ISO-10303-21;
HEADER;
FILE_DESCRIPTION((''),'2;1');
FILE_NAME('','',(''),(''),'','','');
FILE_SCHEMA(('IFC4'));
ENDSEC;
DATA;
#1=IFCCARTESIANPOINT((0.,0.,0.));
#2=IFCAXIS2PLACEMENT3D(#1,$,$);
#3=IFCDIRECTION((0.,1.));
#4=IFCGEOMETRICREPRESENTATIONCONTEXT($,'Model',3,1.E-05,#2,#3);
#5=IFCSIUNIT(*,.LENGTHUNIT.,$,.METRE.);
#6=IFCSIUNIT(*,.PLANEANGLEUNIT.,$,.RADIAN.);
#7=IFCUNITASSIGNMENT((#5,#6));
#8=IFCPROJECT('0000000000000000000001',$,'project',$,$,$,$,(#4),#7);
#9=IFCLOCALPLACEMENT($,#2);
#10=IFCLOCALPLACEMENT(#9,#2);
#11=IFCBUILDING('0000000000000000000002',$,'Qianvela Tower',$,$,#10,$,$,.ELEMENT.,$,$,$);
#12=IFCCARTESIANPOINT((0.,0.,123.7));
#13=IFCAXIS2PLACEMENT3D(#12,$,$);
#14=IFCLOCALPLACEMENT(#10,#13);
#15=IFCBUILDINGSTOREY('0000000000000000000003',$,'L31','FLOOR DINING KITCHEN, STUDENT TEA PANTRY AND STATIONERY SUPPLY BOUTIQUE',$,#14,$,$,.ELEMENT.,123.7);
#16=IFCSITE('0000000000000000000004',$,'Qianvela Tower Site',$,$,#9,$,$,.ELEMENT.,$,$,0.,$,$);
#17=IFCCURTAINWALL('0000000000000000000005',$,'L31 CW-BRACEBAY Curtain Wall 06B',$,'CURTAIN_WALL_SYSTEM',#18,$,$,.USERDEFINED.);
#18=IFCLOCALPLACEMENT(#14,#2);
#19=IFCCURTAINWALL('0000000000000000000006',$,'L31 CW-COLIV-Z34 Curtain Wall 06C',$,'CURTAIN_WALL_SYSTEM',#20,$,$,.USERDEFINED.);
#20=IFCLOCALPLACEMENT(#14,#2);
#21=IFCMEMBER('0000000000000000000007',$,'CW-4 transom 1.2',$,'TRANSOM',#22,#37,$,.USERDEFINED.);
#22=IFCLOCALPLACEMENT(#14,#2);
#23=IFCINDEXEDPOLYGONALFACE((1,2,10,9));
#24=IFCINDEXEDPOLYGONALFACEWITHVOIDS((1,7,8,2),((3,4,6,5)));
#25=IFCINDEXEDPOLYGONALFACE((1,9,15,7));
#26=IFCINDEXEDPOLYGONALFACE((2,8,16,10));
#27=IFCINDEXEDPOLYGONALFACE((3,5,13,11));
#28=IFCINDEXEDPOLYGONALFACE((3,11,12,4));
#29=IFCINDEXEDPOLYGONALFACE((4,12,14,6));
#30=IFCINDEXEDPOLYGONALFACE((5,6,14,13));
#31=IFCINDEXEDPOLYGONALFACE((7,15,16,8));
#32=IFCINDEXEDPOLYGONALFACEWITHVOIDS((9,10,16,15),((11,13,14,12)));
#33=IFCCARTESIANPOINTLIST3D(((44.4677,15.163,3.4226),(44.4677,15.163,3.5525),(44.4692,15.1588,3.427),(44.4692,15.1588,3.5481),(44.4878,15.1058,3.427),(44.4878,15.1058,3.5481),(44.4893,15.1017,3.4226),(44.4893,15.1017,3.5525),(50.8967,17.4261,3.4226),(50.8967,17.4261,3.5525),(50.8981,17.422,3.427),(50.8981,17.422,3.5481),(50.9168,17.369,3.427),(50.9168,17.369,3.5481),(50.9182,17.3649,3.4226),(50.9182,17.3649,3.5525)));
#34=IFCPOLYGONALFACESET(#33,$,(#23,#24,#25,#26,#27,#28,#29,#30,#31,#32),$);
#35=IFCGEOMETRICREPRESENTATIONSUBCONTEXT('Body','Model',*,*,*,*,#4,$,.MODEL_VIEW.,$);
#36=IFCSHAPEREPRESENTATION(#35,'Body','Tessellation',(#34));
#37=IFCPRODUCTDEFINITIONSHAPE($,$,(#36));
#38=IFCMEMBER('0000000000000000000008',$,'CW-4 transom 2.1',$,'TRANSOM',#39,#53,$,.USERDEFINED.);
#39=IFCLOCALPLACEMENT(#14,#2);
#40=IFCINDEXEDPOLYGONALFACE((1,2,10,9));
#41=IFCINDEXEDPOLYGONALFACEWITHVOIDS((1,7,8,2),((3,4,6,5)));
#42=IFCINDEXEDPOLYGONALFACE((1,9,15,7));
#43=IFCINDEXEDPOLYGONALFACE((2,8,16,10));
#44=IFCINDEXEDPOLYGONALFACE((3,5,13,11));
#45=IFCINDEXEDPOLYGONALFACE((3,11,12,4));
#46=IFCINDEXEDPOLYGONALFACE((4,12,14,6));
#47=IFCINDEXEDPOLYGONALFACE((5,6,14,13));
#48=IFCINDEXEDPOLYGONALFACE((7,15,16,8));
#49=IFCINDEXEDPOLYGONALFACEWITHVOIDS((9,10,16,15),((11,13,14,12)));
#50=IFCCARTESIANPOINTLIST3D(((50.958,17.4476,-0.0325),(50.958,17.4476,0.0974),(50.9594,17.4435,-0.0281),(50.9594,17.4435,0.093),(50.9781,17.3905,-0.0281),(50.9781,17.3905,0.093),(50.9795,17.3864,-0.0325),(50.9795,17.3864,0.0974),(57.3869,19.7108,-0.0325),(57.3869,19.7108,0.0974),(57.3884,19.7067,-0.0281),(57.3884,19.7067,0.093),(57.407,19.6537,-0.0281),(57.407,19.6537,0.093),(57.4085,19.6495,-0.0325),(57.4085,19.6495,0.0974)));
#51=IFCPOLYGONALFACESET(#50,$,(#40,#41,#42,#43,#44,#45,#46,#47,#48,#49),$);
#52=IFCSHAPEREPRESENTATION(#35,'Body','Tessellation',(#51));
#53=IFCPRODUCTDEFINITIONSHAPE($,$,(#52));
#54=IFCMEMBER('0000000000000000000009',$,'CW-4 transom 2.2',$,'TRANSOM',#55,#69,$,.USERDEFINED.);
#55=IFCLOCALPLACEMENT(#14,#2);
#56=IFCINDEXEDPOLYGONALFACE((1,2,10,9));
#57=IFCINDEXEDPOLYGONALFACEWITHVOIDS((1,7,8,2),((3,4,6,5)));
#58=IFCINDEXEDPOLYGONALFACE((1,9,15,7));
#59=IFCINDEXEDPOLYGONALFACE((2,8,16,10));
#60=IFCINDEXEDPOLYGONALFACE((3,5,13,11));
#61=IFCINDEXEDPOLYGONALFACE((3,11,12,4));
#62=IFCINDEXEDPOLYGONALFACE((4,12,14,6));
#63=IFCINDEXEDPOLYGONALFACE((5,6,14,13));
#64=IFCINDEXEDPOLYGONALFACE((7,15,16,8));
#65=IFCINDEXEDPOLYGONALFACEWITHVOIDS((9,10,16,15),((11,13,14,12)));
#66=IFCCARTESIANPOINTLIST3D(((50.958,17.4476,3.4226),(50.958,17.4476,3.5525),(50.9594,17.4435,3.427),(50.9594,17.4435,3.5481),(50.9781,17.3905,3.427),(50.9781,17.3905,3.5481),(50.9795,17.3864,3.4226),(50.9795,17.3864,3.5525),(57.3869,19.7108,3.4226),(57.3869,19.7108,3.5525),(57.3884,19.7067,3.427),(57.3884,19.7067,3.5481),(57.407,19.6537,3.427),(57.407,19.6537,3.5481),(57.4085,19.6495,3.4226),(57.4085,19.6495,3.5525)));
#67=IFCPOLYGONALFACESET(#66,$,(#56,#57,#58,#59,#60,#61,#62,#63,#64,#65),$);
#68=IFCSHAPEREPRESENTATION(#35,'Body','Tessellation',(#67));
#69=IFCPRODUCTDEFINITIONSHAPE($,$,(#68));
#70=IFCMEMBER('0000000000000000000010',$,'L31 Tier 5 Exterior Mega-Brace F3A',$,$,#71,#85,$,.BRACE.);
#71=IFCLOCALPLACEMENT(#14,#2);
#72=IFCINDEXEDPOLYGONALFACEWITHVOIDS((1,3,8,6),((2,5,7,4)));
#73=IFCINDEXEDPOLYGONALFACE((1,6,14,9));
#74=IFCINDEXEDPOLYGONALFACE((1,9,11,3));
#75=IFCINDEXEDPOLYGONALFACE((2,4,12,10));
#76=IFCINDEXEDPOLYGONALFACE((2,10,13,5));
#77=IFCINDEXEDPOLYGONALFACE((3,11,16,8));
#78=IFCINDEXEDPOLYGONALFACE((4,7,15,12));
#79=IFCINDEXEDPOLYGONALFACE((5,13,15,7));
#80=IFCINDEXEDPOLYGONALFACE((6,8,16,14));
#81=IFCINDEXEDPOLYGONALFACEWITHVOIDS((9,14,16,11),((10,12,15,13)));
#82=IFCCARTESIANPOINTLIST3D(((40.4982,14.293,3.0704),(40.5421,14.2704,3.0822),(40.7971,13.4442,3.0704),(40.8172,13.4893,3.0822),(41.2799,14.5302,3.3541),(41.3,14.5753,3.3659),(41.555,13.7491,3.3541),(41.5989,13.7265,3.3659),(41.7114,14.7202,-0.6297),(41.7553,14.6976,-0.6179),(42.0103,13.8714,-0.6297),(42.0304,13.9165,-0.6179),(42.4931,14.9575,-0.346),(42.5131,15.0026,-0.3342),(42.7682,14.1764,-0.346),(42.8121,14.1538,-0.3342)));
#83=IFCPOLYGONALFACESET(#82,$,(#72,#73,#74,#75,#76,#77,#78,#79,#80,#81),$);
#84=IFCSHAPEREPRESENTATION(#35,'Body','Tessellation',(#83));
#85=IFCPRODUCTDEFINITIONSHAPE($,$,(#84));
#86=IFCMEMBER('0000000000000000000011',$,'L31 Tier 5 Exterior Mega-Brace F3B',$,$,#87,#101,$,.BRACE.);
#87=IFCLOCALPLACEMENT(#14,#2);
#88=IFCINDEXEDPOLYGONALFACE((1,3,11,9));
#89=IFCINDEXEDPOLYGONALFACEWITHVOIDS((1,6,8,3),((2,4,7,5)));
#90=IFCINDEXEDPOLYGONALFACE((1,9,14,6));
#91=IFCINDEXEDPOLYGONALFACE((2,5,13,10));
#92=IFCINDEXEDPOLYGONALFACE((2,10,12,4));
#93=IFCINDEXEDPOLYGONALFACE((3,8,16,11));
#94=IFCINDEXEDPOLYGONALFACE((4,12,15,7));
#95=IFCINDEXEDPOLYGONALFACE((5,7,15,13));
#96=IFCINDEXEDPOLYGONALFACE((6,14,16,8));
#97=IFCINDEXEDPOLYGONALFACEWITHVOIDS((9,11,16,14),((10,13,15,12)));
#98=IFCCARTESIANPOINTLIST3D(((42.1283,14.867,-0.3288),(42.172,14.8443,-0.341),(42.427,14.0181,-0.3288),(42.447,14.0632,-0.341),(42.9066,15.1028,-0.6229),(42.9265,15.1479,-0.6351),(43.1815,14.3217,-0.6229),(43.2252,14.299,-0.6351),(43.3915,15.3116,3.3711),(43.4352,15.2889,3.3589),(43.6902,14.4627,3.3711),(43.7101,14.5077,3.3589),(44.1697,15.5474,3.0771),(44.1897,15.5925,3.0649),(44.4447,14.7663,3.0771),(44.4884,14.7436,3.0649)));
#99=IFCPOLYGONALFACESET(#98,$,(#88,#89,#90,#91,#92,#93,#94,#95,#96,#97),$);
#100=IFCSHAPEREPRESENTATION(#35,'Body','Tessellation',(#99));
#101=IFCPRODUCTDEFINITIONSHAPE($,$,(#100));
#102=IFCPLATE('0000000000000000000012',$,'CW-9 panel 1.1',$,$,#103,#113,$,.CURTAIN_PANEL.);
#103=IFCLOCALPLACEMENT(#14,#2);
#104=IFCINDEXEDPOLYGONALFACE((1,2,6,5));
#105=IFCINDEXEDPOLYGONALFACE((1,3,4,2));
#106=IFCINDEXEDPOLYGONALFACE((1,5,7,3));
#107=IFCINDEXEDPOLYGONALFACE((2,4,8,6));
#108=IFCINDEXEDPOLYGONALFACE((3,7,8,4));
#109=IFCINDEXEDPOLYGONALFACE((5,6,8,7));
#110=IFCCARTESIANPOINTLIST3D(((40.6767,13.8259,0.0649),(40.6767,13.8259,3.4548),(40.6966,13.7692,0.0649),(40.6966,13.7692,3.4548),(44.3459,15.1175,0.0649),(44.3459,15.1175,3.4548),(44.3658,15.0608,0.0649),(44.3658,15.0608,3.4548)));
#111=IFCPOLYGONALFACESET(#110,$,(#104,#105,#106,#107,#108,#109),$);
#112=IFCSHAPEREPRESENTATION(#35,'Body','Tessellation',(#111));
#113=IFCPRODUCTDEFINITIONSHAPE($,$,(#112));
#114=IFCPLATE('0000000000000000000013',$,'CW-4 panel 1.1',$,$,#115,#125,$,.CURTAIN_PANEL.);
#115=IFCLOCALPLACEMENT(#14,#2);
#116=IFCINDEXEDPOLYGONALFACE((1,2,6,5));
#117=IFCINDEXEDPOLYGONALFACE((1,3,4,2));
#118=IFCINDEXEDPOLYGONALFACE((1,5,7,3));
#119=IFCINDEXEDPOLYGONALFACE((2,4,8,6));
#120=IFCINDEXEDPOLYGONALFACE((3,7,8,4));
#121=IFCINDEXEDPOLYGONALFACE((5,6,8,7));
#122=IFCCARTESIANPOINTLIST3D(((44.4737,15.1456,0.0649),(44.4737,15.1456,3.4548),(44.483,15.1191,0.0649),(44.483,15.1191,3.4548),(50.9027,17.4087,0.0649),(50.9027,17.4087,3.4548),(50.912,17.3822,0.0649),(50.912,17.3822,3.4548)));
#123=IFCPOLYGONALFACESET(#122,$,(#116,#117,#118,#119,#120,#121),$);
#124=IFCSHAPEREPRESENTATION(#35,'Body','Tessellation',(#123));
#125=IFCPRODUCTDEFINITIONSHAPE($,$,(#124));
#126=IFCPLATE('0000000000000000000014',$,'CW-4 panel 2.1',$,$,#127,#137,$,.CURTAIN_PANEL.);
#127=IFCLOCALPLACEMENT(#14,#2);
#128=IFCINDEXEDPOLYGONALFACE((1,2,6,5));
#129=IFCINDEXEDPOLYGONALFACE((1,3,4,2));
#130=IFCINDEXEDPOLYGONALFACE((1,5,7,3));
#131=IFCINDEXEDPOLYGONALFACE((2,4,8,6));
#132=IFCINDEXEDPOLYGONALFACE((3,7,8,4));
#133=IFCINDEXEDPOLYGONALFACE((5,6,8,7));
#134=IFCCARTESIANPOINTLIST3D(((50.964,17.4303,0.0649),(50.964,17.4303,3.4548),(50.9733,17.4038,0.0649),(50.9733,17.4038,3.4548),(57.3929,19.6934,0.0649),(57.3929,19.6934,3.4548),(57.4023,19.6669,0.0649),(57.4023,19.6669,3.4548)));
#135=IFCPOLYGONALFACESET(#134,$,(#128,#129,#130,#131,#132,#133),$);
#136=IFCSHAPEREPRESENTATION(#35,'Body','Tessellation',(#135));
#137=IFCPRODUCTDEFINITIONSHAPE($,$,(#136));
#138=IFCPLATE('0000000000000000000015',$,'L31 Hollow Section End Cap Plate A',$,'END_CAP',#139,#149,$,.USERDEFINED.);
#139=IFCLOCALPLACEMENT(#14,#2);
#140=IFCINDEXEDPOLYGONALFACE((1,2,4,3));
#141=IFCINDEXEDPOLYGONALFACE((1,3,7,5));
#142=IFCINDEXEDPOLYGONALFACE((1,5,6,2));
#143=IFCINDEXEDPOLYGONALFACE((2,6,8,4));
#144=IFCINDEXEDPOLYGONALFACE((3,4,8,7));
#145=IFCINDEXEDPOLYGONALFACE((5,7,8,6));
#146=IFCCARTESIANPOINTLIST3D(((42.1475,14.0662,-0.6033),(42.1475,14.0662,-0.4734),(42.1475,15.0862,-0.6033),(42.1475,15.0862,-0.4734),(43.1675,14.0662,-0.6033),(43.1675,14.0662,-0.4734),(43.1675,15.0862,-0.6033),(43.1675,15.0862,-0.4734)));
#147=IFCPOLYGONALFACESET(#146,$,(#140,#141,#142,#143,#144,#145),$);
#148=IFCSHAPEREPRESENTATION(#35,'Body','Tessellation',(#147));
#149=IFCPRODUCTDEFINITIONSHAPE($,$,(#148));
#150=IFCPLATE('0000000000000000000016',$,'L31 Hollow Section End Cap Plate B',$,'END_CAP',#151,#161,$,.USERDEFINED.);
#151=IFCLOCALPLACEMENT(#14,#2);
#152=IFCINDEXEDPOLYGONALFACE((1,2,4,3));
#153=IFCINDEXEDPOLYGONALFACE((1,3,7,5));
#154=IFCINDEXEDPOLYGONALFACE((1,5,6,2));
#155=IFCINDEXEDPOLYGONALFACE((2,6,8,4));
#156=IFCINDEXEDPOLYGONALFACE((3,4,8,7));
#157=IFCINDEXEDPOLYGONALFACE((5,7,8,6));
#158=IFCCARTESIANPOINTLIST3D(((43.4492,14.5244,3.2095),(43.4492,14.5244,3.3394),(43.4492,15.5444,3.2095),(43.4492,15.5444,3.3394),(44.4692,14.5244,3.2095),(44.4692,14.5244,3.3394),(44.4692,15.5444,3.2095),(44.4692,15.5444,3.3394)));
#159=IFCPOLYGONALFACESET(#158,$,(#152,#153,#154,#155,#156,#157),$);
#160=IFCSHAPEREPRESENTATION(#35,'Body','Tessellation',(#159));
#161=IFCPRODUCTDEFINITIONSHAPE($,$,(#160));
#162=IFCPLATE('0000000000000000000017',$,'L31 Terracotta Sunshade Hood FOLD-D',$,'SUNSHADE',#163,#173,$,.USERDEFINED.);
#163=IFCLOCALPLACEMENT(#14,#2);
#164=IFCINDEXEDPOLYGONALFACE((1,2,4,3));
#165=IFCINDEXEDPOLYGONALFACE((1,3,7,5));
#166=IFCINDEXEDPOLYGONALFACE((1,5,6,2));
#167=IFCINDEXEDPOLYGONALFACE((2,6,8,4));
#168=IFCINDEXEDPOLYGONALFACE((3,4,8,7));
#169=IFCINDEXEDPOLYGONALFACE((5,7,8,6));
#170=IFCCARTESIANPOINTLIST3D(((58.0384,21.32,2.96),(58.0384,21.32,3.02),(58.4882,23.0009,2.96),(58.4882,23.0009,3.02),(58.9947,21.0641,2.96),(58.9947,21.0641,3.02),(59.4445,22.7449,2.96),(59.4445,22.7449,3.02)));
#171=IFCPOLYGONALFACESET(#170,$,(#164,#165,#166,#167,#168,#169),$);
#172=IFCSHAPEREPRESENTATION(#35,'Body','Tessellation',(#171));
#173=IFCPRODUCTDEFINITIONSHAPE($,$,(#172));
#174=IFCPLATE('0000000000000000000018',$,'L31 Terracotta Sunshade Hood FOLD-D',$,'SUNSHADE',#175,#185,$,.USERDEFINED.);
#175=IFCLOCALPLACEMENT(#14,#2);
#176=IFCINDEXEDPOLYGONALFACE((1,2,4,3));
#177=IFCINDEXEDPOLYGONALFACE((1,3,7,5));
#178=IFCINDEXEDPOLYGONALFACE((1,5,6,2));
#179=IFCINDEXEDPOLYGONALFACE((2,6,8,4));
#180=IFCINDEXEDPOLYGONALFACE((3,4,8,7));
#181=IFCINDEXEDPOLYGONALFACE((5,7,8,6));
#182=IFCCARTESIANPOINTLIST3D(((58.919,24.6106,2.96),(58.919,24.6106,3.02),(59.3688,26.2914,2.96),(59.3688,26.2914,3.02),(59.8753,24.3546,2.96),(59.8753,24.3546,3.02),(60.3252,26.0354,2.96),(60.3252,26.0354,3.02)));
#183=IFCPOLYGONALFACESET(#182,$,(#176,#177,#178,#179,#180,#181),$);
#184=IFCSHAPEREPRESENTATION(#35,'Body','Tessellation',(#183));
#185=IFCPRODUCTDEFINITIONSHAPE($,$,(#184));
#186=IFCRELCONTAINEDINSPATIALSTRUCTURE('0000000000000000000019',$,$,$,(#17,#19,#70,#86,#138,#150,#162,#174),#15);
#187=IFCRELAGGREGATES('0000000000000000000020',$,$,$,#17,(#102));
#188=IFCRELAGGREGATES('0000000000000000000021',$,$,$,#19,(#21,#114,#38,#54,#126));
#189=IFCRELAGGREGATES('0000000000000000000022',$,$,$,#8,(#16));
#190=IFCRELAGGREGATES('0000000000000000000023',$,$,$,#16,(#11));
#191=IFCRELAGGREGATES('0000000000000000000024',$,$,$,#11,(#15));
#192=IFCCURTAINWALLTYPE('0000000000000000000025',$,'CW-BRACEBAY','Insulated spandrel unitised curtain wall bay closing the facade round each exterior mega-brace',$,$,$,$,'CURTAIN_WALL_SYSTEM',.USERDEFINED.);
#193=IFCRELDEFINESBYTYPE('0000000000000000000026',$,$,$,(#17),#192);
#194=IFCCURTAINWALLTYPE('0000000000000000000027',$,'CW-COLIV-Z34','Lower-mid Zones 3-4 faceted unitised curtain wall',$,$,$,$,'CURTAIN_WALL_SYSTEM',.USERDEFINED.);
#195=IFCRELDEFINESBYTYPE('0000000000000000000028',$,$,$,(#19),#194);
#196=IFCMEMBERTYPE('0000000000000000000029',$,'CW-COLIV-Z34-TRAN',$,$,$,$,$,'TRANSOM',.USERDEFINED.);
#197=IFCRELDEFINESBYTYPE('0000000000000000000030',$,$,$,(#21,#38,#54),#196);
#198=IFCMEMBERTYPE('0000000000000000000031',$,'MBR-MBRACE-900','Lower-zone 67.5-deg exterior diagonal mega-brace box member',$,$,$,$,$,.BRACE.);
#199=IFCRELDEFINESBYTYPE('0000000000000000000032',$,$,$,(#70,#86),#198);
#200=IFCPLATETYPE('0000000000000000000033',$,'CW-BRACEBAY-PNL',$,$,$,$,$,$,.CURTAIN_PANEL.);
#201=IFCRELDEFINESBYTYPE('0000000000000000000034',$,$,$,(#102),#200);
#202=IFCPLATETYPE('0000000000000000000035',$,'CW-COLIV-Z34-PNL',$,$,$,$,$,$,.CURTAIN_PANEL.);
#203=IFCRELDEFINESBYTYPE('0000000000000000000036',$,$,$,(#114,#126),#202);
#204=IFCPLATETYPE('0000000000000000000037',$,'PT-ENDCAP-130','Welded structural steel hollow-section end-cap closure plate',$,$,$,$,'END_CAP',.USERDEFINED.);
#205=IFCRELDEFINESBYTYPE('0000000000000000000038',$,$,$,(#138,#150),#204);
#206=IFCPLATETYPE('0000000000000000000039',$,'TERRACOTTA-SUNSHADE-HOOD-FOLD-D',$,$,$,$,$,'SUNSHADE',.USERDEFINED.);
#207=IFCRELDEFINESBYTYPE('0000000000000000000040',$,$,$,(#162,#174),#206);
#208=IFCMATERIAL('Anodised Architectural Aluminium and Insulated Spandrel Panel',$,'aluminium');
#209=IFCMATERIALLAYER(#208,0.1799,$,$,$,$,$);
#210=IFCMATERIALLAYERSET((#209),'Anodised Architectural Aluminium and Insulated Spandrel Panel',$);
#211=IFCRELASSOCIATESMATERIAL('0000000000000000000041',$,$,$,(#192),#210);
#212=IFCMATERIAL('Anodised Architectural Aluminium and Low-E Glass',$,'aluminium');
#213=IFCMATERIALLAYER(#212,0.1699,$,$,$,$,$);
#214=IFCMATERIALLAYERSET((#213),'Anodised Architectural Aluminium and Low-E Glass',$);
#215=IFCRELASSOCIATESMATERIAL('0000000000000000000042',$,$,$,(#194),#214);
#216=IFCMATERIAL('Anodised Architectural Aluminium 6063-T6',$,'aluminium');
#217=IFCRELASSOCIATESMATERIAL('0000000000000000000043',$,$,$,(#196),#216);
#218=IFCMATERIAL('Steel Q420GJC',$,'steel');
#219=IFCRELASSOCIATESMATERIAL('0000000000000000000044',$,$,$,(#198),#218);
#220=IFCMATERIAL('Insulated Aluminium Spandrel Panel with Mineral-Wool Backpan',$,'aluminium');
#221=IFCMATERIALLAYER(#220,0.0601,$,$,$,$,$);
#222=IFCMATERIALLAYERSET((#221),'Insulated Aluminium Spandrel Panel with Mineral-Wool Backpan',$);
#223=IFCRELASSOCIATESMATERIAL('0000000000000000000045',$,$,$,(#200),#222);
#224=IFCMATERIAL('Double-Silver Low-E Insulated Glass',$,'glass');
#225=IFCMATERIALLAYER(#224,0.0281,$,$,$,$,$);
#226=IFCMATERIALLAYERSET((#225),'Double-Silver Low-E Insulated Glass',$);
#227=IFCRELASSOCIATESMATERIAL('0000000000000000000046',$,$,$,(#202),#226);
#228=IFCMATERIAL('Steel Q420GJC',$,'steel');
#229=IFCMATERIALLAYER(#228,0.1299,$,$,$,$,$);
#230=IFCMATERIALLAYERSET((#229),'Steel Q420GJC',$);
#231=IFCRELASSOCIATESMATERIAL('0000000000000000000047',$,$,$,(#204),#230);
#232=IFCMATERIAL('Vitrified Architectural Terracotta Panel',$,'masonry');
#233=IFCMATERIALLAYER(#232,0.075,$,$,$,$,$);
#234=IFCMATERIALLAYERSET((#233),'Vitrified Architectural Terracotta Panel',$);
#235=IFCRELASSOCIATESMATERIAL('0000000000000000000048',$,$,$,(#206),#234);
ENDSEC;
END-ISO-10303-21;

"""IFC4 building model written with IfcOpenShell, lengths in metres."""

from ifc_helpers import new_model, si_unit, direction, frame, origin, origin_2d, place, context, subcontext, project, spatial, rectangle, hollow_rectangle, extrude, material, layer, layer_set, material_profile, profile_set, type_object, element, aggregate, save


model = new_model("IFC4")

# Units and contexts
model_context = context("Model", 3, precision=1e-05, world=origin(), true_north=direction((0.0, 1.0)))
body_context = subcontext(model_context, "Body", "Model", "MODEL_VIEW")
ifc_project = project(units=[si_unit("LENGTHUNIT", "METRE"), si_unit("PLANEANGLEUNIT", "RADIAN")], contexts=[model_context])

# Site, building, storey
site_placement = place(None, origin())
site = spatial("IfcSite", under=ifc_project, at=site_placement, Name="Qianvela Tower Site", CompositionType="ELEMENT", RefElevation=0.0)
building_placement = place(site_placement, origin())
building = spatial("IfcBuilding", under=site, at=building_placement, Name="Qianvela Tower", CompositionType="ELEMENT")
storey_placement = place(building_placement, frame((0.0, 0.0, 123.7)))
storey = spatial("IfcBuildingStorey", under=building, at=storey_placement, Name="L31", Description="FLOOR DINING KITCHEN, STUDENT TEA PANTRY AND STATIONERY SUPPLY BOUTIQUE", CompositionType="ELEMENT", Elevation=123.7)

# Curtain wall
ifc_material_1 = material(Name="Anodised Architectural Aluminium and Insulated Spandrel Panel", Category="aluminium")
ifc_layer_1 = layer(ifc_material_1, 0.1799)
ifc_layer_set_1 = layer_set([ifc_layer_1], Name="Anodised Architectural Aluminium and Insulated Spandrel Panel")
curtain_wall_type_1 = type_object("IfcCurtainWallType", Name="CW-BRACEBAY", Description="Insulated spandrel unitised curtain wall bay closing the facade round each exterior mega-brace", ElementType="CURTAIN_WALL_SYSTEM", PredefinedType="USERDEFINED", material=ifc_layer_set_1)
curtain_wall_1_placement = place(storey_placement, origin())
curtain_wall_1 = element("IfcCurtainWall", 1, at=curtain_wall_1_placement, inside=storey, type_object=curtain_wall_type_1, Name="L31 CW-BRACEBAY Curtain Wall 06B", ObjectType="CURTAIN_WALL_SYSTEM", PredefinedType="USERDEFINED")

# Curtain wall, members
ifc_material_2 = material(Name="Anodised Architectural Aluminium and Low-E Glass", Category="aluminium")
ifc_layer_2 = layer(ifc_material_2, 0.1699)
ifc_layer_set_2 = layer_set([ifc_layer_2], Name="Anodised Architectural Aluminium and Low-E Glass")
curtain_wall_type_2 = type_object("IfcCurtainWallType", Name="CW-COLIV-Z34", Description="Lower-mid Zones 3-4 faceted unitised curtain wall", ElementType="CURTAIN_WALL_SYSTEM", PredefinedType="USERDEFINED", material=ifc_layer_set_2)
curtain_wall_2_placement = place(storey_placement, origin())
curtain_wall_2 = element("IfcCurtainWall", 2, at=curtain_wall_2_placement, inside=storey, type_object=curtain_wall_type_2, Name="L31 CW-COLIV-Z34 Curtain Wall 06C", ObjectType="CURTAIN_WALL_SYSTEM", PredefinedType="USERDEFINED")
ifc_material_3 = material(Name="Anodised Architectural Aluminium 6063-T6", Category="aluminium")
ifc_material_profile_1 = material_profile(ifc_material_3, hollow_rectangle(XDim=0.0649, YDim=0.1299, WallThickness=0.0044, at=origin_2d()), Name="ALU-TRAN-65x130")
ifc_profile_set_1 = profile_set([ifc_material_profile_1], Name="Anodised Architectural Aluminium 6063-T6")
member_type_1 = type_object("IfcMemberType", Name="CW-COLIV-Z34-TRAN", ElementType="TRANSOM", PredefinedType="USERDEFINED", material=ifc_profile_set_1)
member_1_placement = place(storey_placement, frame((44.4785, 15.1323, 3.4875), z_axis=(0.94326, 0.332056, 0.0), x_axis=(-0.332056, 0.94326, 0.0)))
member_1 = element("IfcMember", 3, at=member_1_placement, type_object=member_type_1, Name="CW-4 transom 1.2", ObjectType="TRANSOM", PredefinedType="USERDEFINED", context=body_context, shape_type="SweptSolid", body=[
    extrude(hollow_rectangle(XDim=0.0649, YDim=0.1299, WallThickness=0.0044, at=origin_2d()), origin(), (0.0, 0.0, 1.0), 6.8157),
])
member_2_placement = place(storey_placement, frame((50.9688, 17.417, 0.0325), z_axis=(0.94326, 0.332056, 0.0), x_axis=(-0.332056, 0.94326, 0.0)))
member_2 = element("IfcMember", 4, at=member_2_placement, type_object=member_type_1, Name="CW-4 transom 2.1", ObjectType="TRANSOM", PredefinedType="USERDEFINED", context=body_context, shape_type="SweptSolid", body=[
    extrude(hollow_rectangle(XDim=0.0649, YDim=0.1299, WallThickness=0.0044, at=origin_2d()), origin(), (0.0, 0.0, 1.0), 6.8157),
])
member_3_placement = place(storey_placement, frame((50.9688, 17.417, 3.4875), z_axis=(0.94326, 0.332056, 0.0), x_axis=(-0.332056, 0.94326, 0.0)))
member_3 = element("IfcMember", 5, at=member_3_placement, type_object=member_type_1, Name="CW-4 transom 2.2", ObjectType="TRANSOM", PredefinedType="USERDEFINED", context=body_context, shape_type="SweptSolid", body=[
    extrude(hollow_rectangle(XDim=0.0649, YDim=0.1299, WallThickness=0.0044, at=origin_2d()), origin(), (0.0, 0.0, 1.0), 6.8157),
])

# Members
ifc_material_4 = material(Name="Steel Q420GJC", Category="steel")
ifc_material_profile_2 = material_profile(ifc_material_4, hollow_rectangle(XDim=0.8999, YDim=0.8999, WallThickness=0.0359, at=origin_2d()), Name="MBOX-900x900x36")
ifc_profile_set_2 = profile_set([ifc_material_profile_2], Name="Steel Q420GJC")
member_type_2 = type_object("IfcMemberType", Name="MBR-MBRACE-900", Description="Lower-zone 67.5-deg exterior diagonal mega-brace box member", PredefinedType="BRACE", material=ifc_profile_set_2)
member_4_placement = place(storey_placement, frame((42.2617, 14.437, -0.4819), z_axis=(-0.3097, -0.109071, 0.944558), x_axis=(0.332185, -0.943214, 0.0)))
element("IfcMember", 6, at=member_4_placement, inside=storey, type_object=member_type_2, Name="L31 Tier 5 Exterior Mega-Brace F3A", PredefinedType="BRACE", context=body_context, shape_type="SweptSolid", body=[
    extrude(hollow_rectangle(XDim=0.8999, YDim=0.8999, WallThickness=0.0359, at=origin_2d()), origin(), (0.0, 0.0, 1.0), 3.9172),
])
member_5_placement = place(storey_placement, frame((42.6768, 14.583, -0.4819), z_axis=(0.321026, 0.112986, 0.940307), x_axis=(-0.33199, 0.943283, 0.0)))
element("IfcMember", 7, at=member_5_placement, inside=storey, type_object=member_type_2, Name="L31 Tier 5 Exterior Mega-Brace F3B", PredefinedType="BRACE", context=body_context, shape_type="SweptSolid", body=[
    extrude(hollow_rectangle(XDim=0.8999, YDim=0.8999, WallThickness=0.0359, at=origin_2d()), origin(), (0.0, 0.0, 1.0), 3.9348),
])

# Plates
ifc_material_5 = material(Name="Insulated Aluminium Spandrel Panel with Mineral-Wool Backpan", Category="aluminium")
ifc_layer_3 = layer(ifc_material_5, 0.0601)
ifc_layer_set_3 = layer_set([ifc_layer_3], Name="Insulated Aluminium Spandrel Panel with Mineral-Wool Backpan")
plate_type_1 = type_object("IfcPlateType", Name="CW-BRACEBAY-PNL", PredefinedType="CURTAIN_PANEL", material=ifc_layer_set_3)
plate_1_placement = place(storey_placement, frame((42.5212, 14.4434, 0.0649), z_axis=(0.0, 0.0, 1.0), x_axis=(0.943265, 0.332042, 0.0)))
plate_1 = element("IfcPlate", 8, at=plate_1_placement, type_object=plate_type_1, Name="CW-9 panel 1.1", PredefinedType="CURTAIN_PANEL", context=body_context, shape_type="SweptSolid", body=[
    extrude(rectangle(XDim=3.8899, YDim=0.0601, at=origin_2d()), origin(), (0.0, 0.0, 1.0), 3.3899),
])
aggregate(curtain_wall_1, [plate_1])
ifc_material_6 = material(Name="Double-Silver Low-E Insulated Glass", Category="glass")
ifc_layer_4 = layer(ifc_material_6, 0.0281)
ifc_layer_set_4 = layer_set([ifc_layer_4], Name="Double-Silver Low-E Insulated Glass")
plate_type_2 = type_object("IfcPlateType", Name="CW-COLIV-Z34-PNL", PredefinedType="CURTAIN_PANEL", material=ifc_layer_set_4)
plate_2_placement = place(storey_placement, frame((47.6929, 16.2639, 0.0649), z_axis=(0.0, 0.0, 1.0), x_axis=(0.943263, 0.332047, 0.0)))
plate_2 = element("IfcPlate", 9, at=plate_2_placement, type_object=plate_type_2, Name="CW-4 panel 1.1", PredefinedType="CURTAIN_PANEL", context=body_context, shape_type="SweptSolid", body=[
    extrude(rectangle(XDim=6.8157, YDim=0.0281, at=origin_2d()), origin(), (0.0, 0.0, 1.0), 3.3899),
])
plate_3_placement = place(storey_placement, frame((54.1831, 18.5486, 0.0649), z_axis=(0.0, 0.0, 1.0), x_axis=(0.943263, 0.332047, 0.0)))
plate_3 = element("IfcPlate", 10, at=plate_3_placement, type_object=plate_type_2, Name="CW-4 panel 2.1", PredefinedType="CURTAIN_PANEL", context=body_context, shape_type="SweptSolid", body=[
    extrude(rectangle(XDim=6.8157, YDim=0.0281, at=origin_2d()), origin(), (0.0, 0.0, 1.0), 3.3899),
])
aggregate(curtain_wall_2, [member_1, plate_2, member_2, member_3, plate_3])

# Plates
ifc_material_7 = material(Name="Steel Q420GJC", Category="steel")
ifc_layer_5 = layer(ifc_material_7, 0.1299)
ifc_layer_set_5 = layer_set([ifc_layer_5], Name="Steel Q420GJC")
plate_type_3 = type_object("IfcPlateType", Name="PT-ENDCAP-130", Description="Welded structural steel hollow-section end-cap closure plate", ElementType="END_CAP", PredefinedType="USERDEFINED", material=ifc_layer_set_5)
for number, where, z_axis, x_axis, name in (
    (11, (42.6575, 14.5762, -0.6033), (0.0, 0.0, 1.0), (1.0, 0.0, 0.0), "L31 Hollow Section End Cap Plate A"),
    (12, (43.9592, 15.0344, 3.2095), (0.0, 0.0, 1.0), (1.0, 0.0, 0.0), "L31 Hollow Section End Cap Plate B"),
):
    element("IfcPlate", number, at=place(storey_placement, frame(where, z_axis=z_axis, x_axis=x_axis)), inside=storey, type_object=plate_type_3, Name=name, ObjectType="END_CAP", PredefinedType="USERDEFINED", context=body_context, shape_type="SweptSolid", body=[
        extrude(rectangle(XDim=1.02, YDim=1.02, at=origin_2d()), origin(), (0.0, 0.0, 1.0), 0.1299),
    ])
ifc_material_8 = material(Name="Vitrified Architectural Terracotta Panel", Category="masonry")
ifc_layer_6 = layer(ifc_material_8, 0.075)
ifc_layer_set_6 = layer_set([ifc_layer_6], Name="Vitrified Architectural Terracotta Panel")
plate_type_4 = type_object("IfcPlateType", Name="TERRACOTTA-SUNSHADE-HOOD-FOLD-D", ElementType="SUNSHADE", PredefinedType="USERDEFINED", material=ifc_layer_set_6)
for number, where, z_axis, x_axis, name in (
    (13, (58.7415, 22.0325, 2.96), (0.0, 0.0, 1.0), (0.258531, 0.966003, 0.0), "L31 Terracotta Sunshade Hood FOLD-D"),
    (14, (59.6221, 25.323, 2.96), (0.0, 0.0, 1.0), (0.258531, 0.966003, 0.0), "L31 Terracotta Sunshade Hood FOLD-D"),
):
    element("IfcPlate", number, at=place(storey_placement, frame(where, z_axis=z_axis, x_axis=x_axis)), inside=storey, type_object=plate_type_4, Name=name, ObjectType="SUNSHADE", PredefinedType="USERDEFINED", context=body_context, shape_type="SweptSolid", body=[
        extrude(rectangle(XDim=1.74, YDim=0.99, at=origin_2d()), origin(), (0.0, 0.0, 1.0), 0.0601),
    ])

save(model, "model.ifc")
